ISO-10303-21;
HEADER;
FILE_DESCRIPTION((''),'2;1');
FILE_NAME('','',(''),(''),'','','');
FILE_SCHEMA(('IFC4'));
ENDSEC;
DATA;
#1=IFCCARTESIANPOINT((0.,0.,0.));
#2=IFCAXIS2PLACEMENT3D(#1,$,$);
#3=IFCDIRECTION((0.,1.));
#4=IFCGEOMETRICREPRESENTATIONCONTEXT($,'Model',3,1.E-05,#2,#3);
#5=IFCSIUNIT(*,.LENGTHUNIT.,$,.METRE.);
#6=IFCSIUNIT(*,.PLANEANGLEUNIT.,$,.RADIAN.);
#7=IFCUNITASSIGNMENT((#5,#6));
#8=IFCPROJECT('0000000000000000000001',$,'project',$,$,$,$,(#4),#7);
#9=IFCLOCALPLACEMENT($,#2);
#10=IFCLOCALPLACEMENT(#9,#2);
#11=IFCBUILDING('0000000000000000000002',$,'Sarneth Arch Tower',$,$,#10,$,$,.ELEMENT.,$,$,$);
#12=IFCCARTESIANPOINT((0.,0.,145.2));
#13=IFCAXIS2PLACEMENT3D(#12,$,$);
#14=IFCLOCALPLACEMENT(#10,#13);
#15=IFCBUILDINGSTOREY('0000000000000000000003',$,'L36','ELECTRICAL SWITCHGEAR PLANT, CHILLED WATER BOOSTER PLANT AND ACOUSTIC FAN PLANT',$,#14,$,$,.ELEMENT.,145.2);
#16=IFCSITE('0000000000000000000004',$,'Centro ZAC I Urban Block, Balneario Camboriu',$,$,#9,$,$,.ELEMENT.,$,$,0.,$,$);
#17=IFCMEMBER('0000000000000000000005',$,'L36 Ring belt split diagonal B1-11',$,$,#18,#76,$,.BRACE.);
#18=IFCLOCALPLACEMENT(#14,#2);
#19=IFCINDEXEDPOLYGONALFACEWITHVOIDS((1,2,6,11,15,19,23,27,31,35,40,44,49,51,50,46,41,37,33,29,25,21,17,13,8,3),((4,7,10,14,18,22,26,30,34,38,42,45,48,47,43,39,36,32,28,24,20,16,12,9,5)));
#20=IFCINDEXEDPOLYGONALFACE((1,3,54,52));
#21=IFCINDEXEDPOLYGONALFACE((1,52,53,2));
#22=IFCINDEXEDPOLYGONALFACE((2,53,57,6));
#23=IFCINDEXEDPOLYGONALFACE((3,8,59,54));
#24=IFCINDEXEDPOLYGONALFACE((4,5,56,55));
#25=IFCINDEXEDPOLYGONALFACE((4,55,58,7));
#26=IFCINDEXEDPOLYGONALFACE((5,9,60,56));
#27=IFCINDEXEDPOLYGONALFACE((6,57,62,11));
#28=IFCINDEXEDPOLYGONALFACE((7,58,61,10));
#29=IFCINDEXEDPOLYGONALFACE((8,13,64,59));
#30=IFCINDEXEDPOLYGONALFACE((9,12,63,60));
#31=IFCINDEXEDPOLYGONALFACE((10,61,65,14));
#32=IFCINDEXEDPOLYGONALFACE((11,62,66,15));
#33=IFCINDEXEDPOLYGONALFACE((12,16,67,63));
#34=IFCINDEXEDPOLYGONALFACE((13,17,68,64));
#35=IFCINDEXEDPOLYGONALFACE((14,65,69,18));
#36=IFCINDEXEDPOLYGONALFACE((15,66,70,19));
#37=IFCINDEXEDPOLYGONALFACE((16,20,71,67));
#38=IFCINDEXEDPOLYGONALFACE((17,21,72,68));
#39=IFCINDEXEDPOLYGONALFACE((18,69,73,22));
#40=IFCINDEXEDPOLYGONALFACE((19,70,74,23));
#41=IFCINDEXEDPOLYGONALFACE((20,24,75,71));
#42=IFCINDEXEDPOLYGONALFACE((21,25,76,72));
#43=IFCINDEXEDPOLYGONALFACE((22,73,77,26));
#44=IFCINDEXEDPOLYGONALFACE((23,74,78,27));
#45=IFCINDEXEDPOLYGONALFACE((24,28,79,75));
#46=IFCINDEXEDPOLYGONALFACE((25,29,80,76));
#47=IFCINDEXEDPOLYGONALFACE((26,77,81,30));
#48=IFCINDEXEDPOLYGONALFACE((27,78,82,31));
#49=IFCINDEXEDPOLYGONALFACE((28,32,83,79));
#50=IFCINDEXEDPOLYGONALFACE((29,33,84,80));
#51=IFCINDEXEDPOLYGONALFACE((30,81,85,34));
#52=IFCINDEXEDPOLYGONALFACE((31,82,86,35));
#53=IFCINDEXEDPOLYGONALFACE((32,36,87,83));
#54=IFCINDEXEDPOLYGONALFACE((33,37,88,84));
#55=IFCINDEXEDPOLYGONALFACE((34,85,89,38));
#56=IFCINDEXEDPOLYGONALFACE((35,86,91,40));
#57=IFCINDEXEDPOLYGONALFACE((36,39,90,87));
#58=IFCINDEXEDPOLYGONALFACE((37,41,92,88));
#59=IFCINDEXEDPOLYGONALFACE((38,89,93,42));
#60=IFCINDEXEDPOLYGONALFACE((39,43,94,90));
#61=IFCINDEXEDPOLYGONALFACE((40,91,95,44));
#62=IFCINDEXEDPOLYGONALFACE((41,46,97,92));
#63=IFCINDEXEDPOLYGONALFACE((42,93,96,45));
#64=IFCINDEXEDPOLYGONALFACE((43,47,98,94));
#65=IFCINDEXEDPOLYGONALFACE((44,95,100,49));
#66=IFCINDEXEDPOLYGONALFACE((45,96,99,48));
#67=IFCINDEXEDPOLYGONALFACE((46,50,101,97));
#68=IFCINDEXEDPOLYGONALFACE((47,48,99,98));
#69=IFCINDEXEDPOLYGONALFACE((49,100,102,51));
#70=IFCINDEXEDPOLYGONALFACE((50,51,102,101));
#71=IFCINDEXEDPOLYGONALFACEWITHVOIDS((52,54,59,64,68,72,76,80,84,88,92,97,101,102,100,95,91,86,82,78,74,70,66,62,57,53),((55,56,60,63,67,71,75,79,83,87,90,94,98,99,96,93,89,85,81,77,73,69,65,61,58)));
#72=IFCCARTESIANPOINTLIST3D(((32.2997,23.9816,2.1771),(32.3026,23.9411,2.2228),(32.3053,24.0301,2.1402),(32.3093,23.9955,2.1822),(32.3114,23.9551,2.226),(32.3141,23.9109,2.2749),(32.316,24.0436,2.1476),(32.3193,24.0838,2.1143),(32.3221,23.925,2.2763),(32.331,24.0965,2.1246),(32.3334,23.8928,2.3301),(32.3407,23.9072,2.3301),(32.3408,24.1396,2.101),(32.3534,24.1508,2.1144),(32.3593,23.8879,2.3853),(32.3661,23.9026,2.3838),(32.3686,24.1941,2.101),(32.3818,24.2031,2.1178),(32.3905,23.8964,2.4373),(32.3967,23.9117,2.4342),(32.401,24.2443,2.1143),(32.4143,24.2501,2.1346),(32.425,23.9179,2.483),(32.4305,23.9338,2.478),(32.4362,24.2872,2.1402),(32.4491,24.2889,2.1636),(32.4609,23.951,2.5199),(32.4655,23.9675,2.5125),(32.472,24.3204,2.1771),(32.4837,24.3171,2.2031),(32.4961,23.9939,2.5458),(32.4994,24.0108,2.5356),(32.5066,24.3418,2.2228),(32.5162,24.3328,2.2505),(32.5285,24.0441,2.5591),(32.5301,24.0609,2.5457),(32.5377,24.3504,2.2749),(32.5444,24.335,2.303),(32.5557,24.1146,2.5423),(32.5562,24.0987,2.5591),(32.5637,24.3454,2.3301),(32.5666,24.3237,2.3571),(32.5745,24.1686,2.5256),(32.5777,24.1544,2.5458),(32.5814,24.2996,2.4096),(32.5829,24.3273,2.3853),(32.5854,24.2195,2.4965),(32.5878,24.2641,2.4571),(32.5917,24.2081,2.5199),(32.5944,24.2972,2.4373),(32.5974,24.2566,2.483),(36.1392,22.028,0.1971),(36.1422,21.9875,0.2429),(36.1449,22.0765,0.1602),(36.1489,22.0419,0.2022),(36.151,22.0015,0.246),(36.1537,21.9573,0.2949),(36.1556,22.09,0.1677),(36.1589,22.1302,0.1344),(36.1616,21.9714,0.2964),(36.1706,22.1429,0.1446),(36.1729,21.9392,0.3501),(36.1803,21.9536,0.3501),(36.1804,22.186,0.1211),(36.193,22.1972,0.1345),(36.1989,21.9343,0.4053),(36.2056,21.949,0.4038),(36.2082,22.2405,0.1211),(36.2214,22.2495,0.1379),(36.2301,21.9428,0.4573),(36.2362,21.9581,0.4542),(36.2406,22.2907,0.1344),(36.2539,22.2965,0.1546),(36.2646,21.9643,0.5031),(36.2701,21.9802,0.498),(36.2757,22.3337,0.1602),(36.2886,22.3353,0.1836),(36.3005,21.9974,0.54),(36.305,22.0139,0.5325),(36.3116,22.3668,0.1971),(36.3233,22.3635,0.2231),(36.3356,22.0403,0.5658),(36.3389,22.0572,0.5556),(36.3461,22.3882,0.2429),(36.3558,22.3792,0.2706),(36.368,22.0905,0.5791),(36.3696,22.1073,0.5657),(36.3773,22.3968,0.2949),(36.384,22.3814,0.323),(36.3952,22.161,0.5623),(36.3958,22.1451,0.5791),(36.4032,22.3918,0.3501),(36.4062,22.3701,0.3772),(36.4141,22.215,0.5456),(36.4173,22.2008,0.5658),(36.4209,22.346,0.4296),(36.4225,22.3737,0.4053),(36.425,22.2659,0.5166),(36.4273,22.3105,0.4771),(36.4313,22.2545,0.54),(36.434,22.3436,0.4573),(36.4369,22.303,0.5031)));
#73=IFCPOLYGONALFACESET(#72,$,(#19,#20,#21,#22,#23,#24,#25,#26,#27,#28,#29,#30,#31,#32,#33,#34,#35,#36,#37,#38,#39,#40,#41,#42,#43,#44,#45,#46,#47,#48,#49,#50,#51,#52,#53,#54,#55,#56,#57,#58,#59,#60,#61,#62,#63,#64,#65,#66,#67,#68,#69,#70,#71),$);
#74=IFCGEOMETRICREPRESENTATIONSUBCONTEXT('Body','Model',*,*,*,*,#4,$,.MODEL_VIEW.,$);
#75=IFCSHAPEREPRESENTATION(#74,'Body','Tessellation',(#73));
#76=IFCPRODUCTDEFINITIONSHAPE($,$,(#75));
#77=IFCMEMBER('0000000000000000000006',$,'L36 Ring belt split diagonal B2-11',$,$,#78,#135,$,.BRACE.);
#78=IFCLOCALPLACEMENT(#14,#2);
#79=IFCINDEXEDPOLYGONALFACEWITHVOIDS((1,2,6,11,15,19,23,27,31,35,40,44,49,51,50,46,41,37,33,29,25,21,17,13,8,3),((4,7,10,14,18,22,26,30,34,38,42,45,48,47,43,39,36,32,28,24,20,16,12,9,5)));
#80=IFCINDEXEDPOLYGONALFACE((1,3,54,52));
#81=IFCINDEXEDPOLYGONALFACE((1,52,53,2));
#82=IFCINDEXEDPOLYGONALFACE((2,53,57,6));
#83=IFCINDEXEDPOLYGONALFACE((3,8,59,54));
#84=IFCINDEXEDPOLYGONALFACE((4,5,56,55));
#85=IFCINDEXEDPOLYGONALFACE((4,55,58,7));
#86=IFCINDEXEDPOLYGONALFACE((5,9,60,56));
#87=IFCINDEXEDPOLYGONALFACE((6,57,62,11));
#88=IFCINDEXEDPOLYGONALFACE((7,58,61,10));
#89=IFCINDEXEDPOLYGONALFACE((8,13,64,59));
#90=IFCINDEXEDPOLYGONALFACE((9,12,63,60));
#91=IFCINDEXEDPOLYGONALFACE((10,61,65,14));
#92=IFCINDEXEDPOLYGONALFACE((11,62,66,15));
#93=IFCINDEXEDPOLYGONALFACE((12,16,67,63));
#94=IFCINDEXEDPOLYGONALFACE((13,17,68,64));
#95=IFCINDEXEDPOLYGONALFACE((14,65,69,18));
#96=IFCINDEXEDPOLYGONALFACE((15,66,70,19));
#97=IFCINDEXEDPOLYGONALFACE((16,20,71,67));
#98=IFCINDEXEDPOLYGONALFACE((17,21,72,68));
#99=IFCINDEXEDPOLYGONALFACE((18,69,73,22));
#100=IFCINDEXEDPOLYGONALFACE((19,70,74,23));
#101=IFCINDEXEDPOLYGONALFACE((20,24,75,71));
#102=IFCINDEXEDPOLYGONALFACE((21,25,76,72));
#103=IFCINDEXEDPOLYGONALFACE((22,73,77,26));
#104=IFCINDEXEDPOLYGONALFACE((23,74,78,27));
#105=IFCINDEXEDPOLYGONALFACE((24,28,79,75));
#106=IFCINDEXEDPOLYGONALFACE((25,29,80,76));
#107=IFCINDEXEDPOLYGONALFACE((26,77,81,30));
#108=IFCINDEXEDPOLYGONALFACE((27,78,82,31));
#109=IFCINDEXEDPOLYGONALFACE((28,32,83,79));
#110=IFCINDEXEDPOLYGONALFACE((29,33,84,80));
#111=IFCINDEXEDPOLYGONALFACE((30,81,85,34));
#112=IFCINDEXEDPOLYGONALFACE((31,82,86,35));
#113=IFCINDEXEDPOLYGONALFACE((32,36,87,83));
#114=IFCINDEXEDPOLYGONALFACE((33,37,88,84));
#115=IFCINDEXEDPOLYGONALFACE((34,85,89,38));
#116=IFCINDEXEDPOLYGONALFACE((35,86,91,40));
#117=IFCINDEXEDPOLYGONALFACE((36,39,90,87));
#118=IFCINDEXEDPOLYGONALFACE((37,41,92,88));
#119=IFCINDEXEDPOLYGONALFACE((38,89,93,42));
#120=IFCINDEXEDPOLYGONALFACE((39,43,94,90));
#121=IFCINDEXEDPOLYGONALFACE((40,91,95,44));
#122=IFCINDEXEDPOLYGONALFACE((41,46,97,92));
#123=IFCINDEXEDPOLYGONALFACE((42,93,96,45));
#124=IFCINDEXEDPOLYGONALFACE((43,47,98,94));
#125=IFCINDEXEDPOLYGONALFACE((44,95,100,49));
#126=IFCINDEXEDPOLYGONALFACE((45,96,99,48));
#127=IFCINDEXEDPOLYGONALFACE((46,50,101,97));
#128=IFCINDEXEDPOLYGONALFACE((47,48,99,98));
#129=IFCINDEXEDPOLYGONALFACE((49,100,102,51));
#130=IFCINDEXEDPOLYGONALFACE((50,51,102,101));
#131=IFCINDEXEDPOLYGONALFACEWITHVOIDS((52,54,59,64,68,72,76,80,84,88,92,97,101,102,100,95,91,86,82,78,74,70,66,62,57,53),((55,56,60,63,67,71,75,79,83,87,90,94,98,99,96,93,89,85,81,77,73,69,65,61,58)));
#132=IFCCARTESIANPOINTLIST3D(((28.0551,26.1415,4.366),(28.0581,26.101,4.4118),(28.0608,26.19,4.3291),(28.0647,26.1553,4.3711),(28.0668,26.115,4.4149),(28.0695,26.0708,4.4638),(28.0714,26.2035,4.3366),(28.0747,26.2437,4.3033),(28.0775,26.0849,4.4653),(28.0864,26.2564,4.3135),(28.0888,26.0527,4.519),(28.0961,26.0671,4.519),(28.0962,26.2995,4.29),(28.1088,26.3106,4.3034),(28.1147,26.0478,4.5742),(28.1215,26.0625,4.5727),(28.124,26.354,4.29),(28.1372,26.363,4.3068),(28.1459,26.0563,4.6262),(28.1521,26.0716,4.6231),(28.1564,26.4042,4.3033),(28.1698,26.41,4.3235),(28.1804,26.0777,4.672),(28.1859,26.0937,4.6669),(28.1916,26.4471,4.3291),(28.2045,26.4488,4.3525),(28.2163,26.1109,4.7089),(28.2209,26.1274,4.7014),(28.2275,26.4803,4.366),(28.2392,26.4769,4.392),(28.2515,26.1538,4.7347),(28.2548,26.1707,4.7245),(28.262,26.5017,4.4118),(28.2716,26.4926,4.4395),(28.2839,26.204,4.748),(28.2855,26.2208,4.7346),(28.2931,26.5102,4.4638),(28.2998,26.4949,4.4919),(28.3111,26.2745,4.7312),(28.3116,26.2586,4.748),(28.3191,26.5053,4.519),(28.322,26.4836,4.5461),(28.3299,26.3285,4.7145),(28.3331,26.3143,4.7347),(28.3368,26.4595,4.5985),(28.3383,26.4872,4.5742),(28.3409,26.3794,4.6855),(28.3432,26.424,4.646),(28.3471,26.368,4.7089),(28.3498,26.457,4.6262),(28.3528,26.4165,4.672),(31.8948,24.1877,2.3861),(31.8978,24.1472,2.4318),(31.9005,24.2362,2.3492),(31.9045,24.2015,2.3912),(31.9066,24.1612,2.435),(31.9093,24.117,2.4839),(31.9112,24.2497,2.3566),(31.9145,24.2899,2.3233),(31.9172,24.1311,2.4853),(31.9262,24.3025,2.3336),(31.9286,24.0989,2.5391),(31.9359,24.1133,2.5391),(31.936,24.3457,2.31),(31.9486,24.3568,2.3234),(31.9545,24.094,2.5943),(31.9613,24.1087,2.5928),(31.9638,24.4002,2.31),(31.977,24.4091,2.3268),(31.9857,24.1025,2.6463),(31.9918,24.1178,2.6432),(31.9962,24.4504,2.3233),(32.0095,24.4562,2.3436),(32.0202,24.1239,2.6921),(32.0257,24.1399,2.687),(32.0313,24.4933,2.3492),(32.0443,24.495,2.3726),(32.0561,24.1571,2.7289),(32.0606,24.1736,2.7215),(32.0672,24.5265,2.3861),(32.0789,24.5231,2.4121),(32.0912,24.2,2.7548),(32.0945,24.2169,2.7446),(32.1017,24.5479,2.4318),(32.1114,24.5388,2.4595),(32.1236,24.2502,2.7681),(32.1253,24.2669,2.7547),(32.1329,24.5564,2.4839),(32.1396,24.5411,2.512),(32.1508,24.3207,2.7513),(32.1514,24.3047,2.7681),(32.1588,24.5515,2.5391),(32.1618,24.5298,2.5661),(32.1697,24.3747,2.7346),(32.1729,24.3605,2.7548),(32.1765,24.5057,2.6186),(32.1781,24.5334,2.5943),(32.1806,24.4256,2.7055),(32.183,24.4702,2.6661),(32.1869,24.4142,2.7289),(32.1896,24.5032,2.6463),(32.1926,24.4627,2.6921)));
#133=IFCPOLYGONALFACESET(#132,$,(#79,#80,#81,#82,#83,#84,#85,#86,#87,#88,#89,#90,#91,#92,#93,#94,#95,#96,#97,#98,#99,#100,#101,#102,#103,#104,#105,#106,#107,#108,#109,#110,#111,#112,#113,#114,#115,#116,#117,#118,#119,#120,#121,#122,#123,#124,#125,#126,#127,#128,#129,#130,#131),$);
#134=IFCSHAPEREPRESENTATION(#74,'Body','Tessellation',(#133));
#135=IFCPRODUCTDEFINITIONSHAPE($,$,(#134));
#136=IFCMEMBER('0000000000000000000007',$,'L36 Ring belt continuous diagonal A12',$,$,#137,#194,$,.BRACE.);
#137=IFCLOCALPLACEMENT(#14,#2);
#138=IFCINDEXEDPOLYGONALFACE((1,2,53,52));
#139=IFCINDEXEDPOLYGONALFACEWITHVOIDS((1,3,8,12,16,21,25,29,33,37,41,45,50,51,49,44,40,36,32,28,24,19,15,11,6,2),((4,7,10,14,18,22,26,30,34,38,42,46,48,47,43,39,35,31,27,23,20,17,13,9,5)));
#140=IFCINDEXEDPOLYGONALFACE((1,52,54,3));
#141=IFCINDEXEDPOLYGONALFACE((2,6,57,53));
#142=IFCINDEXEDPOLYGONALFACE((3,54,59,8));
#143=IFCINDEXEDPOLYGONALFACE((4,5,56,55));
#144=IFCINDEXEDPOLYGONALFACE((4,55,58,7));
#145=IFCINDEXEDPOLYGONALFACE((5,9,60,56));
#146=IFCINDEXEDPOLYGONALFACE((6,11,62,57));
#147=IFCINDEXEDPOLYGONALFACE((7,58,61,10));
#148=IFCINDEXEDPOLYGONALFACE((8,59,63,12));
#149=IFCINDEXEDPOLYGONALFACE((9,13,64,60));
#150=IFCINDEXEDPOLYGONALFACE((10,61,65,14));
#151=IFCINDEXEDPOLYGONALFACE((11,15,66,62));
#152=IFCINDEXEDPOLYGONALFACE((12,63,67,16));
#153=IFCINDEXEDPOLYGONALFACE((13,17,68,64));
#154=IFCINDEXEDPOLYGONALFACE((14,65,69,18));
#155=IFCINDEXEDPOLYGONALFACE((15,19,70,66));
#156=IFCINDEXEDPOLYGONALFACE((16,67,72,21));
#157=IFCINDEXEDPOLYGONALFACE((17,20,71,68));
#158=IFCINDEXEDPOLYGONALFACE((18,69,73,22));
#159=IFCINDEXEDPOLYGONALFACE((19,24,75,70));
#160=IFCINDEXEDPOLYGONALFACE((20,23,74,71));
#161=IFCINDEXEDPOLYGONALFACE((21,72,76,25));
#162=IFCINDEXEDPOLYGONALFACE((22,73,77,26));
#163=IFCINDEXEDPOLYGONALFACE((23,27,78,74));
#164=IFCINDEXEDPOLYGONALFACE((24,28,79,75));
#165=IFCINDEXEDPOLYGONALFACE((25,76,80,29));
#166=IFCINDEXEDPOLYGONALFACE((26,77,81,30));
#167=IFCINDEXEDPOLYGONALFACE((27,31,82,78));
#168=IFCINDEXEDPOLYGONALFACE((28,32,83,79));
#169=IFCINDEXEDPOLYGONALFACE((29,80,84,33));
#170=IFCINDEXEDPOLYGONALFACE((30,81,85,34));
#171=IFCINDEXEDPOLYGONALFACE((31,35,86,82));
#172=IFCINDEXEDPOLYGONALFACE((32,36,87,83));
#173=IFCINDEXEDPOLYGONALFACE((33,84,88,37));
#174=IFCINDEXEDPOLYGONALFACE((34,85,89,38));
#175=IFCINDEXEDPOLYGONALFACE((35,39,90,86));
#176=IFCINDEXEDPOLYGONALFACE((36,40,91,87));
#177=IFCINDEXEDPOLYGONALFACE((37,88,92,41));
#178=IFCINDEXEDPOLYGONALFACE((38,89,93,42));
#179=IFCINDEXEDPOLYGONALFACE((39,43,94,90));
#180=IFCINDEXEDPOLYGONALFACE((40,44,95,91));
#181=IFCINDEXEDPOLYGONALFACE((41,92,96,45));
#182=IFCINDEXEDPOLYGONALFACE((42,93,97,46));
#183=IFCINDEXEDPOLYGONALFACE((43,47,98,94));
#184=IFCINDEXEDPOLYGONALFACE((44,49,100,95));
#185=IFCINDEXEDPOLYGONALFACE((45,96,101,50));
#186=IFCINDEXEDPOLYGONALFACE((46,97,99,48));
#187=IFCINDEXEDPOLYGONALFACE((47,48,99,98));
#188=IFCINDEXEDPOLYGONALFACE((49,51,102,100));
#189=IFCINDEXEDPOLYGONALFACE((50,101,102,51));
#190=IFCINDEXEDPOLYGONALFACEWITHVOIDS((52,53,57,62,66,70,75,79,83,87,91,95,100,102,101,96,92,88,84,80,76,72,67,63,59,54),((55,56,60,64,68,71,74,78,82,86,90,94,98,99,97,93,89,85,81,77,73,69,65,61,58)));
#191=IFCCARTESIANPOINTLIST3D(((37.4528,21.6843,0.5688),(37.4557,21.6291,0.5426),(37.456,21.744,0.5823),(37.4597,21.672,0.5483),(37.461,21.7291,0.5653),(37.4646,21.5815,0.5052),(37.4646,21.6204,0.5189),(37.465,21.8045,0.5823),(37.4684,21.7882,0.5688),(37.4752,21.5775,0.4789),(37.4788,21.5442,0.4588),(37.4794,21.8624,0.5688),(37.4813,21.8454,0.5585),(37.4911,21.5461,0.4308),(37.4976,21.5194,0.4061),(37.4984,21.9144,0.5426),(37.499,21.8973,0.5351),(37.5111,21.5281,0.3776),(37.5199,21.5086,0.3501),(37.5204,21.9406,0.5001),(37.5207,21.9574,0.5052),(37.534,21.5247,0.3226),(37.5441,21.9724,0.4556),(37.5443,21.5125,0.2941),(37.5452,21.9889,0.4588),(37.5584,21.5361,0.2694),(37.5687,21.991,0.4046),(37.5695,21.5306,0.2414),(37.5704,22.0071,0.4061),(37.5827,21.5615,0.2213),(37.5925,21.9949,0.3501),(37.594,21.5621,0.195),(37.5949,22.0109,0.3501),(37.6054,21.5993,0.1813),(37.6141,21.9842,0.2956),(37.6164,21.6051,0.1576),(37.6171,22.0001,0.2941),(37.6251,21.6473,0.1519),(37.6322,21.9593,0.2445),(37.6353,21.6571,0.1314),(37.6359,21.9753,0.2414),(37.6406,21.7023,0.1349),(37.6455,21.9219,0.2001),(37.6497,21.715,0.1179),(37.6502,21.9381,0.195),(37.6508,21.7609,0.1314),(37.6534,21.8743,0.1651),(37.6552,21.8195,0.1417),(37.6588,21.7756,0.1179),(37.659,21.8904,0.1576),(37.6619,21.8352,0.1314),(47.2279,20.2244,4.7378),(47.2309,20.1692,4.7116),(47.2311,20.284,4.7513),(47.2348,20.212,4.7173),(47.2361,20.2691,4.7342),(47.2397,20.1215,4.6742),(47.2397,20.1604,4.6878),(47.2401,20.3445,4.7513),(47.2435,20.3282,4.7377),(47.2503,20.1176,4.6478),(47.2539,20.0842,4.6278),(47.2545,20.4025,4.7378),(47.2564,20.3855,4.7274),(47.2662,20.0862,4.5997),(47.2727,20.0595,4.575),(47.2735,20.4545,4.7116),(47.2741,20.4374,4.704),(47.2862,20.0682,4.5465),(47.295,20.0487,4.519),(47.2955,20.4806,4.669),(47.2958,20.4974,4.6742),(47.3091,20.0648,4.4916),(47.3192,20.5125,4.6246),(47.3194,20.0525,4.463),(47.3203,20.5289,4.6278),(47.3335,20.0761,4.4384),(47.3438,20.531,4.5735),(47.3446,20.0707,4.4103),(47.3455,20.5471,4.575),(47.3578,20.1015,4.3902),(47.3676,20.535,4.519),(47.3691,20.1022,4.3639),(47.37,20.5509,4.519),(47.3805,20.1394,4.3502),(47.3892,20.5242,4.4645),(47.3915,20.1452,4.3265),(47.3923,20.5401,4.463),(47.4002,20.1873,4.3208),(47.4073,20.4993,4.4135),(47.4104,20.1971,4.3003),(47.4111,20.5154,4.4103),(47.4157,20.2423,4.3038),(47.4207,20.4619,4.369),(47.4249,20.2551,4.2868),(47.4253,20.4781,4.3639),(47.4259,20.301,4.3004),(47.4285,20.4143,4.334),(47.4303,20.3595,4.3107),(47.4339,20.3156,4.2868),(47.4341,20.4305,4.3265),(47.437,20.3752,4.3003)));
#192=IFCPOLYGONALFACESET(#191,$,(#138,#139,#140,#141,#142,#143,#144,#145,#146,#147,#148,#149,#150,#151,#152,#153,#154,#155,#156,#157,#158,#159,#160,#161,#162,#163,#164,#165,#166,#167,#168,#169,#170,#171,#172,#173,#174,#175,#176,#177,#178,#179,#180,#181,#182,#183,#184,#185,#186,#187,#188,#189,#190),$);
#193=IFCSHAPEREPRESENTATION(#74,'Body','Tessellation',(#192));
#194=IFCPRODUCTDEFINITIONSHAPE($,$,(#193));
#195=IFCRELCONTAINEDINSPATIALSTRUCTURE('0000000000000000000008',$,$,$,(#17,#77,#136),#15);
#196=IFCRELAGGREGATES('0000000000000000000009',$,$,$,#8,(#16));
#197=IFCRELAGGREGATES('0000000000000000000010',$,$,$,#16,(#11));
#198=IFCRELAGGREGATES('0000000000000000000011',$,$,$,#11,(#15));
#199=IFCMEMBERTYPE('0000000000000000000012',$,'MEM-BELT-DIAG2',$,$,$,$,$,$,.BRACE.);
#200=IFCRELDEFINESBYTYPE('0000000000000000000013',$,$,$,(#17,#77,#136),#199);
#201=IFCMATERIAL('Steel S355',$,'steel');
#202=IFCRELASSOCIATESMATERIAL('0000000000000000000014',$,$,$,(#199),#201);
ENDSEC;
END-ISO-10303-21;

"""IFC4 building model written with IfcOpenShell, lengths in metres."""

from ifc_helpers import new_model, si_unit, direction, frame, origin, origin_2d, place, context, subcontext, project, spatial, hollow_circle, extrude, material, material_profile, profile_set, type_object, element, save


model = new_model("IFC4")

# Units and contexts
model_context = context("Model", 3, precision=1e-05, world=origin(), true_north=direction((0.0, 1.0)))
body_context = subcontext(model_context, "Body", "Model", "MODEL_VIEW")
ifc_project = project(units=[si_unit("LENGTHUNIT", "METRE"), si_unit("PLANEANGLEUNIT", "RADIAN")], contexts=[model_context])

# Site, building, storey
site_placement = place(None, origin())
site = spatial("IfcSite", under=ifc_project, at=site_placement, Name="Centro ZAC I Urban Block, Balneario Camboriu", CompositionType="ELEMENT", RefElevation=0.0)
building_placement = place(site_placement, origin())
building = spatial("IfcBuilding", under=site, at=building_placement, Name="Sarneth Arch Tower", CompositionType="ELEMENT")
storey_placement = place(building_placement, frame((0.0, 0.0, 145.2)))
storey = spatial("IfcBuildingStorey", under=building, at=storey_placement, Name="L36", Description="ELECTRICAL SWITCHGEAR PLANT, CHILLED WATER BOOSTER PLANT AND ACOUSTIC FAN PLANT", CompositionType="ELEMENT", Elevation=145.2)

# Members
ifc_material_1 = material(Name="Steel S355", Category="steel")
ifc_material_profile_1 = material_profile(ifc_material_1, hollow_circle(Radius=0.2539, WallThickness=0.0161, at=origin_2d()), Name="CHS508x16")
ifc_profile_set_1 = profile_set([ifc_material_profile_1], Name="Steel S355")
member_type_1 = type_object("IfcMemberType", Name="MEM-BELT-DIAG2", PredefinedType="BRACE", material=ifc_profile_set_1)
member_1_placement = place(storey_placement, frame((36.2881, 22.1655, 0.3501), z_axis=(-0.809829, 0.412046, 0.417607), x_axis=(-0.453482, -0.891266, 0.0)))
element("IfcMember", 1, at=member_1_placement, inside=storey, type_object=member_type_1, Name="L36 Ring belt split diagonal B1-11", PredefinedType="BRACE", context=body_context, shape_type="SweptSolid", body=[
    extrude(hollow_circle(Radius=0.2539, WallThickness=0.0161, at=origin_2d()), origin(), (0.0, 0.0, 1.0), 4.7412),
])
member_2_placement = place(storey_placement, frame((32.0437, 24.3252, 2.5391), z_axis=(-0.809829, 0.412072, 0.417581), x_axis=(-0.453504, -0.891254, 0.0)))
element("IfcMember", 2, at=member_2_placement, inside=storey, type_object=member_type_1, Name="L36 Ring belt split diagonal B2-11", PredefinedType="BRACE", context=body_context, shape_type="SweptSolid", body=[
    extrude(hollow_circle(Radius=0.2539, WallThickness=0.0161, at=origin_2d()), origin(), (0.0, 0.0, 1.0), 4.7415),
])
member_3_placement = place(storey_placement, frame((37.5574, 21.7598, 0.3501), z_axis=(0.911279, -0.136104, 0.388646), x_axis=(0.147716, 0.98903, 0.0)))
element("IfcMember", 3, at=member_3_placement, inside=storey, type_object=member_type_1, Name="L36 Ring belt continuous diagonal A12", PredefinedType="BRACE", context=body_context, shape_type="SweptSolid", body=[
    extrude(hollow_circle(Radius=0.2539, WallThickness=0.0161, at=origin_2d()), origin(), (0.0, 0.0, 1.0), 10.7268),
])

save(model, "model.ifc")
